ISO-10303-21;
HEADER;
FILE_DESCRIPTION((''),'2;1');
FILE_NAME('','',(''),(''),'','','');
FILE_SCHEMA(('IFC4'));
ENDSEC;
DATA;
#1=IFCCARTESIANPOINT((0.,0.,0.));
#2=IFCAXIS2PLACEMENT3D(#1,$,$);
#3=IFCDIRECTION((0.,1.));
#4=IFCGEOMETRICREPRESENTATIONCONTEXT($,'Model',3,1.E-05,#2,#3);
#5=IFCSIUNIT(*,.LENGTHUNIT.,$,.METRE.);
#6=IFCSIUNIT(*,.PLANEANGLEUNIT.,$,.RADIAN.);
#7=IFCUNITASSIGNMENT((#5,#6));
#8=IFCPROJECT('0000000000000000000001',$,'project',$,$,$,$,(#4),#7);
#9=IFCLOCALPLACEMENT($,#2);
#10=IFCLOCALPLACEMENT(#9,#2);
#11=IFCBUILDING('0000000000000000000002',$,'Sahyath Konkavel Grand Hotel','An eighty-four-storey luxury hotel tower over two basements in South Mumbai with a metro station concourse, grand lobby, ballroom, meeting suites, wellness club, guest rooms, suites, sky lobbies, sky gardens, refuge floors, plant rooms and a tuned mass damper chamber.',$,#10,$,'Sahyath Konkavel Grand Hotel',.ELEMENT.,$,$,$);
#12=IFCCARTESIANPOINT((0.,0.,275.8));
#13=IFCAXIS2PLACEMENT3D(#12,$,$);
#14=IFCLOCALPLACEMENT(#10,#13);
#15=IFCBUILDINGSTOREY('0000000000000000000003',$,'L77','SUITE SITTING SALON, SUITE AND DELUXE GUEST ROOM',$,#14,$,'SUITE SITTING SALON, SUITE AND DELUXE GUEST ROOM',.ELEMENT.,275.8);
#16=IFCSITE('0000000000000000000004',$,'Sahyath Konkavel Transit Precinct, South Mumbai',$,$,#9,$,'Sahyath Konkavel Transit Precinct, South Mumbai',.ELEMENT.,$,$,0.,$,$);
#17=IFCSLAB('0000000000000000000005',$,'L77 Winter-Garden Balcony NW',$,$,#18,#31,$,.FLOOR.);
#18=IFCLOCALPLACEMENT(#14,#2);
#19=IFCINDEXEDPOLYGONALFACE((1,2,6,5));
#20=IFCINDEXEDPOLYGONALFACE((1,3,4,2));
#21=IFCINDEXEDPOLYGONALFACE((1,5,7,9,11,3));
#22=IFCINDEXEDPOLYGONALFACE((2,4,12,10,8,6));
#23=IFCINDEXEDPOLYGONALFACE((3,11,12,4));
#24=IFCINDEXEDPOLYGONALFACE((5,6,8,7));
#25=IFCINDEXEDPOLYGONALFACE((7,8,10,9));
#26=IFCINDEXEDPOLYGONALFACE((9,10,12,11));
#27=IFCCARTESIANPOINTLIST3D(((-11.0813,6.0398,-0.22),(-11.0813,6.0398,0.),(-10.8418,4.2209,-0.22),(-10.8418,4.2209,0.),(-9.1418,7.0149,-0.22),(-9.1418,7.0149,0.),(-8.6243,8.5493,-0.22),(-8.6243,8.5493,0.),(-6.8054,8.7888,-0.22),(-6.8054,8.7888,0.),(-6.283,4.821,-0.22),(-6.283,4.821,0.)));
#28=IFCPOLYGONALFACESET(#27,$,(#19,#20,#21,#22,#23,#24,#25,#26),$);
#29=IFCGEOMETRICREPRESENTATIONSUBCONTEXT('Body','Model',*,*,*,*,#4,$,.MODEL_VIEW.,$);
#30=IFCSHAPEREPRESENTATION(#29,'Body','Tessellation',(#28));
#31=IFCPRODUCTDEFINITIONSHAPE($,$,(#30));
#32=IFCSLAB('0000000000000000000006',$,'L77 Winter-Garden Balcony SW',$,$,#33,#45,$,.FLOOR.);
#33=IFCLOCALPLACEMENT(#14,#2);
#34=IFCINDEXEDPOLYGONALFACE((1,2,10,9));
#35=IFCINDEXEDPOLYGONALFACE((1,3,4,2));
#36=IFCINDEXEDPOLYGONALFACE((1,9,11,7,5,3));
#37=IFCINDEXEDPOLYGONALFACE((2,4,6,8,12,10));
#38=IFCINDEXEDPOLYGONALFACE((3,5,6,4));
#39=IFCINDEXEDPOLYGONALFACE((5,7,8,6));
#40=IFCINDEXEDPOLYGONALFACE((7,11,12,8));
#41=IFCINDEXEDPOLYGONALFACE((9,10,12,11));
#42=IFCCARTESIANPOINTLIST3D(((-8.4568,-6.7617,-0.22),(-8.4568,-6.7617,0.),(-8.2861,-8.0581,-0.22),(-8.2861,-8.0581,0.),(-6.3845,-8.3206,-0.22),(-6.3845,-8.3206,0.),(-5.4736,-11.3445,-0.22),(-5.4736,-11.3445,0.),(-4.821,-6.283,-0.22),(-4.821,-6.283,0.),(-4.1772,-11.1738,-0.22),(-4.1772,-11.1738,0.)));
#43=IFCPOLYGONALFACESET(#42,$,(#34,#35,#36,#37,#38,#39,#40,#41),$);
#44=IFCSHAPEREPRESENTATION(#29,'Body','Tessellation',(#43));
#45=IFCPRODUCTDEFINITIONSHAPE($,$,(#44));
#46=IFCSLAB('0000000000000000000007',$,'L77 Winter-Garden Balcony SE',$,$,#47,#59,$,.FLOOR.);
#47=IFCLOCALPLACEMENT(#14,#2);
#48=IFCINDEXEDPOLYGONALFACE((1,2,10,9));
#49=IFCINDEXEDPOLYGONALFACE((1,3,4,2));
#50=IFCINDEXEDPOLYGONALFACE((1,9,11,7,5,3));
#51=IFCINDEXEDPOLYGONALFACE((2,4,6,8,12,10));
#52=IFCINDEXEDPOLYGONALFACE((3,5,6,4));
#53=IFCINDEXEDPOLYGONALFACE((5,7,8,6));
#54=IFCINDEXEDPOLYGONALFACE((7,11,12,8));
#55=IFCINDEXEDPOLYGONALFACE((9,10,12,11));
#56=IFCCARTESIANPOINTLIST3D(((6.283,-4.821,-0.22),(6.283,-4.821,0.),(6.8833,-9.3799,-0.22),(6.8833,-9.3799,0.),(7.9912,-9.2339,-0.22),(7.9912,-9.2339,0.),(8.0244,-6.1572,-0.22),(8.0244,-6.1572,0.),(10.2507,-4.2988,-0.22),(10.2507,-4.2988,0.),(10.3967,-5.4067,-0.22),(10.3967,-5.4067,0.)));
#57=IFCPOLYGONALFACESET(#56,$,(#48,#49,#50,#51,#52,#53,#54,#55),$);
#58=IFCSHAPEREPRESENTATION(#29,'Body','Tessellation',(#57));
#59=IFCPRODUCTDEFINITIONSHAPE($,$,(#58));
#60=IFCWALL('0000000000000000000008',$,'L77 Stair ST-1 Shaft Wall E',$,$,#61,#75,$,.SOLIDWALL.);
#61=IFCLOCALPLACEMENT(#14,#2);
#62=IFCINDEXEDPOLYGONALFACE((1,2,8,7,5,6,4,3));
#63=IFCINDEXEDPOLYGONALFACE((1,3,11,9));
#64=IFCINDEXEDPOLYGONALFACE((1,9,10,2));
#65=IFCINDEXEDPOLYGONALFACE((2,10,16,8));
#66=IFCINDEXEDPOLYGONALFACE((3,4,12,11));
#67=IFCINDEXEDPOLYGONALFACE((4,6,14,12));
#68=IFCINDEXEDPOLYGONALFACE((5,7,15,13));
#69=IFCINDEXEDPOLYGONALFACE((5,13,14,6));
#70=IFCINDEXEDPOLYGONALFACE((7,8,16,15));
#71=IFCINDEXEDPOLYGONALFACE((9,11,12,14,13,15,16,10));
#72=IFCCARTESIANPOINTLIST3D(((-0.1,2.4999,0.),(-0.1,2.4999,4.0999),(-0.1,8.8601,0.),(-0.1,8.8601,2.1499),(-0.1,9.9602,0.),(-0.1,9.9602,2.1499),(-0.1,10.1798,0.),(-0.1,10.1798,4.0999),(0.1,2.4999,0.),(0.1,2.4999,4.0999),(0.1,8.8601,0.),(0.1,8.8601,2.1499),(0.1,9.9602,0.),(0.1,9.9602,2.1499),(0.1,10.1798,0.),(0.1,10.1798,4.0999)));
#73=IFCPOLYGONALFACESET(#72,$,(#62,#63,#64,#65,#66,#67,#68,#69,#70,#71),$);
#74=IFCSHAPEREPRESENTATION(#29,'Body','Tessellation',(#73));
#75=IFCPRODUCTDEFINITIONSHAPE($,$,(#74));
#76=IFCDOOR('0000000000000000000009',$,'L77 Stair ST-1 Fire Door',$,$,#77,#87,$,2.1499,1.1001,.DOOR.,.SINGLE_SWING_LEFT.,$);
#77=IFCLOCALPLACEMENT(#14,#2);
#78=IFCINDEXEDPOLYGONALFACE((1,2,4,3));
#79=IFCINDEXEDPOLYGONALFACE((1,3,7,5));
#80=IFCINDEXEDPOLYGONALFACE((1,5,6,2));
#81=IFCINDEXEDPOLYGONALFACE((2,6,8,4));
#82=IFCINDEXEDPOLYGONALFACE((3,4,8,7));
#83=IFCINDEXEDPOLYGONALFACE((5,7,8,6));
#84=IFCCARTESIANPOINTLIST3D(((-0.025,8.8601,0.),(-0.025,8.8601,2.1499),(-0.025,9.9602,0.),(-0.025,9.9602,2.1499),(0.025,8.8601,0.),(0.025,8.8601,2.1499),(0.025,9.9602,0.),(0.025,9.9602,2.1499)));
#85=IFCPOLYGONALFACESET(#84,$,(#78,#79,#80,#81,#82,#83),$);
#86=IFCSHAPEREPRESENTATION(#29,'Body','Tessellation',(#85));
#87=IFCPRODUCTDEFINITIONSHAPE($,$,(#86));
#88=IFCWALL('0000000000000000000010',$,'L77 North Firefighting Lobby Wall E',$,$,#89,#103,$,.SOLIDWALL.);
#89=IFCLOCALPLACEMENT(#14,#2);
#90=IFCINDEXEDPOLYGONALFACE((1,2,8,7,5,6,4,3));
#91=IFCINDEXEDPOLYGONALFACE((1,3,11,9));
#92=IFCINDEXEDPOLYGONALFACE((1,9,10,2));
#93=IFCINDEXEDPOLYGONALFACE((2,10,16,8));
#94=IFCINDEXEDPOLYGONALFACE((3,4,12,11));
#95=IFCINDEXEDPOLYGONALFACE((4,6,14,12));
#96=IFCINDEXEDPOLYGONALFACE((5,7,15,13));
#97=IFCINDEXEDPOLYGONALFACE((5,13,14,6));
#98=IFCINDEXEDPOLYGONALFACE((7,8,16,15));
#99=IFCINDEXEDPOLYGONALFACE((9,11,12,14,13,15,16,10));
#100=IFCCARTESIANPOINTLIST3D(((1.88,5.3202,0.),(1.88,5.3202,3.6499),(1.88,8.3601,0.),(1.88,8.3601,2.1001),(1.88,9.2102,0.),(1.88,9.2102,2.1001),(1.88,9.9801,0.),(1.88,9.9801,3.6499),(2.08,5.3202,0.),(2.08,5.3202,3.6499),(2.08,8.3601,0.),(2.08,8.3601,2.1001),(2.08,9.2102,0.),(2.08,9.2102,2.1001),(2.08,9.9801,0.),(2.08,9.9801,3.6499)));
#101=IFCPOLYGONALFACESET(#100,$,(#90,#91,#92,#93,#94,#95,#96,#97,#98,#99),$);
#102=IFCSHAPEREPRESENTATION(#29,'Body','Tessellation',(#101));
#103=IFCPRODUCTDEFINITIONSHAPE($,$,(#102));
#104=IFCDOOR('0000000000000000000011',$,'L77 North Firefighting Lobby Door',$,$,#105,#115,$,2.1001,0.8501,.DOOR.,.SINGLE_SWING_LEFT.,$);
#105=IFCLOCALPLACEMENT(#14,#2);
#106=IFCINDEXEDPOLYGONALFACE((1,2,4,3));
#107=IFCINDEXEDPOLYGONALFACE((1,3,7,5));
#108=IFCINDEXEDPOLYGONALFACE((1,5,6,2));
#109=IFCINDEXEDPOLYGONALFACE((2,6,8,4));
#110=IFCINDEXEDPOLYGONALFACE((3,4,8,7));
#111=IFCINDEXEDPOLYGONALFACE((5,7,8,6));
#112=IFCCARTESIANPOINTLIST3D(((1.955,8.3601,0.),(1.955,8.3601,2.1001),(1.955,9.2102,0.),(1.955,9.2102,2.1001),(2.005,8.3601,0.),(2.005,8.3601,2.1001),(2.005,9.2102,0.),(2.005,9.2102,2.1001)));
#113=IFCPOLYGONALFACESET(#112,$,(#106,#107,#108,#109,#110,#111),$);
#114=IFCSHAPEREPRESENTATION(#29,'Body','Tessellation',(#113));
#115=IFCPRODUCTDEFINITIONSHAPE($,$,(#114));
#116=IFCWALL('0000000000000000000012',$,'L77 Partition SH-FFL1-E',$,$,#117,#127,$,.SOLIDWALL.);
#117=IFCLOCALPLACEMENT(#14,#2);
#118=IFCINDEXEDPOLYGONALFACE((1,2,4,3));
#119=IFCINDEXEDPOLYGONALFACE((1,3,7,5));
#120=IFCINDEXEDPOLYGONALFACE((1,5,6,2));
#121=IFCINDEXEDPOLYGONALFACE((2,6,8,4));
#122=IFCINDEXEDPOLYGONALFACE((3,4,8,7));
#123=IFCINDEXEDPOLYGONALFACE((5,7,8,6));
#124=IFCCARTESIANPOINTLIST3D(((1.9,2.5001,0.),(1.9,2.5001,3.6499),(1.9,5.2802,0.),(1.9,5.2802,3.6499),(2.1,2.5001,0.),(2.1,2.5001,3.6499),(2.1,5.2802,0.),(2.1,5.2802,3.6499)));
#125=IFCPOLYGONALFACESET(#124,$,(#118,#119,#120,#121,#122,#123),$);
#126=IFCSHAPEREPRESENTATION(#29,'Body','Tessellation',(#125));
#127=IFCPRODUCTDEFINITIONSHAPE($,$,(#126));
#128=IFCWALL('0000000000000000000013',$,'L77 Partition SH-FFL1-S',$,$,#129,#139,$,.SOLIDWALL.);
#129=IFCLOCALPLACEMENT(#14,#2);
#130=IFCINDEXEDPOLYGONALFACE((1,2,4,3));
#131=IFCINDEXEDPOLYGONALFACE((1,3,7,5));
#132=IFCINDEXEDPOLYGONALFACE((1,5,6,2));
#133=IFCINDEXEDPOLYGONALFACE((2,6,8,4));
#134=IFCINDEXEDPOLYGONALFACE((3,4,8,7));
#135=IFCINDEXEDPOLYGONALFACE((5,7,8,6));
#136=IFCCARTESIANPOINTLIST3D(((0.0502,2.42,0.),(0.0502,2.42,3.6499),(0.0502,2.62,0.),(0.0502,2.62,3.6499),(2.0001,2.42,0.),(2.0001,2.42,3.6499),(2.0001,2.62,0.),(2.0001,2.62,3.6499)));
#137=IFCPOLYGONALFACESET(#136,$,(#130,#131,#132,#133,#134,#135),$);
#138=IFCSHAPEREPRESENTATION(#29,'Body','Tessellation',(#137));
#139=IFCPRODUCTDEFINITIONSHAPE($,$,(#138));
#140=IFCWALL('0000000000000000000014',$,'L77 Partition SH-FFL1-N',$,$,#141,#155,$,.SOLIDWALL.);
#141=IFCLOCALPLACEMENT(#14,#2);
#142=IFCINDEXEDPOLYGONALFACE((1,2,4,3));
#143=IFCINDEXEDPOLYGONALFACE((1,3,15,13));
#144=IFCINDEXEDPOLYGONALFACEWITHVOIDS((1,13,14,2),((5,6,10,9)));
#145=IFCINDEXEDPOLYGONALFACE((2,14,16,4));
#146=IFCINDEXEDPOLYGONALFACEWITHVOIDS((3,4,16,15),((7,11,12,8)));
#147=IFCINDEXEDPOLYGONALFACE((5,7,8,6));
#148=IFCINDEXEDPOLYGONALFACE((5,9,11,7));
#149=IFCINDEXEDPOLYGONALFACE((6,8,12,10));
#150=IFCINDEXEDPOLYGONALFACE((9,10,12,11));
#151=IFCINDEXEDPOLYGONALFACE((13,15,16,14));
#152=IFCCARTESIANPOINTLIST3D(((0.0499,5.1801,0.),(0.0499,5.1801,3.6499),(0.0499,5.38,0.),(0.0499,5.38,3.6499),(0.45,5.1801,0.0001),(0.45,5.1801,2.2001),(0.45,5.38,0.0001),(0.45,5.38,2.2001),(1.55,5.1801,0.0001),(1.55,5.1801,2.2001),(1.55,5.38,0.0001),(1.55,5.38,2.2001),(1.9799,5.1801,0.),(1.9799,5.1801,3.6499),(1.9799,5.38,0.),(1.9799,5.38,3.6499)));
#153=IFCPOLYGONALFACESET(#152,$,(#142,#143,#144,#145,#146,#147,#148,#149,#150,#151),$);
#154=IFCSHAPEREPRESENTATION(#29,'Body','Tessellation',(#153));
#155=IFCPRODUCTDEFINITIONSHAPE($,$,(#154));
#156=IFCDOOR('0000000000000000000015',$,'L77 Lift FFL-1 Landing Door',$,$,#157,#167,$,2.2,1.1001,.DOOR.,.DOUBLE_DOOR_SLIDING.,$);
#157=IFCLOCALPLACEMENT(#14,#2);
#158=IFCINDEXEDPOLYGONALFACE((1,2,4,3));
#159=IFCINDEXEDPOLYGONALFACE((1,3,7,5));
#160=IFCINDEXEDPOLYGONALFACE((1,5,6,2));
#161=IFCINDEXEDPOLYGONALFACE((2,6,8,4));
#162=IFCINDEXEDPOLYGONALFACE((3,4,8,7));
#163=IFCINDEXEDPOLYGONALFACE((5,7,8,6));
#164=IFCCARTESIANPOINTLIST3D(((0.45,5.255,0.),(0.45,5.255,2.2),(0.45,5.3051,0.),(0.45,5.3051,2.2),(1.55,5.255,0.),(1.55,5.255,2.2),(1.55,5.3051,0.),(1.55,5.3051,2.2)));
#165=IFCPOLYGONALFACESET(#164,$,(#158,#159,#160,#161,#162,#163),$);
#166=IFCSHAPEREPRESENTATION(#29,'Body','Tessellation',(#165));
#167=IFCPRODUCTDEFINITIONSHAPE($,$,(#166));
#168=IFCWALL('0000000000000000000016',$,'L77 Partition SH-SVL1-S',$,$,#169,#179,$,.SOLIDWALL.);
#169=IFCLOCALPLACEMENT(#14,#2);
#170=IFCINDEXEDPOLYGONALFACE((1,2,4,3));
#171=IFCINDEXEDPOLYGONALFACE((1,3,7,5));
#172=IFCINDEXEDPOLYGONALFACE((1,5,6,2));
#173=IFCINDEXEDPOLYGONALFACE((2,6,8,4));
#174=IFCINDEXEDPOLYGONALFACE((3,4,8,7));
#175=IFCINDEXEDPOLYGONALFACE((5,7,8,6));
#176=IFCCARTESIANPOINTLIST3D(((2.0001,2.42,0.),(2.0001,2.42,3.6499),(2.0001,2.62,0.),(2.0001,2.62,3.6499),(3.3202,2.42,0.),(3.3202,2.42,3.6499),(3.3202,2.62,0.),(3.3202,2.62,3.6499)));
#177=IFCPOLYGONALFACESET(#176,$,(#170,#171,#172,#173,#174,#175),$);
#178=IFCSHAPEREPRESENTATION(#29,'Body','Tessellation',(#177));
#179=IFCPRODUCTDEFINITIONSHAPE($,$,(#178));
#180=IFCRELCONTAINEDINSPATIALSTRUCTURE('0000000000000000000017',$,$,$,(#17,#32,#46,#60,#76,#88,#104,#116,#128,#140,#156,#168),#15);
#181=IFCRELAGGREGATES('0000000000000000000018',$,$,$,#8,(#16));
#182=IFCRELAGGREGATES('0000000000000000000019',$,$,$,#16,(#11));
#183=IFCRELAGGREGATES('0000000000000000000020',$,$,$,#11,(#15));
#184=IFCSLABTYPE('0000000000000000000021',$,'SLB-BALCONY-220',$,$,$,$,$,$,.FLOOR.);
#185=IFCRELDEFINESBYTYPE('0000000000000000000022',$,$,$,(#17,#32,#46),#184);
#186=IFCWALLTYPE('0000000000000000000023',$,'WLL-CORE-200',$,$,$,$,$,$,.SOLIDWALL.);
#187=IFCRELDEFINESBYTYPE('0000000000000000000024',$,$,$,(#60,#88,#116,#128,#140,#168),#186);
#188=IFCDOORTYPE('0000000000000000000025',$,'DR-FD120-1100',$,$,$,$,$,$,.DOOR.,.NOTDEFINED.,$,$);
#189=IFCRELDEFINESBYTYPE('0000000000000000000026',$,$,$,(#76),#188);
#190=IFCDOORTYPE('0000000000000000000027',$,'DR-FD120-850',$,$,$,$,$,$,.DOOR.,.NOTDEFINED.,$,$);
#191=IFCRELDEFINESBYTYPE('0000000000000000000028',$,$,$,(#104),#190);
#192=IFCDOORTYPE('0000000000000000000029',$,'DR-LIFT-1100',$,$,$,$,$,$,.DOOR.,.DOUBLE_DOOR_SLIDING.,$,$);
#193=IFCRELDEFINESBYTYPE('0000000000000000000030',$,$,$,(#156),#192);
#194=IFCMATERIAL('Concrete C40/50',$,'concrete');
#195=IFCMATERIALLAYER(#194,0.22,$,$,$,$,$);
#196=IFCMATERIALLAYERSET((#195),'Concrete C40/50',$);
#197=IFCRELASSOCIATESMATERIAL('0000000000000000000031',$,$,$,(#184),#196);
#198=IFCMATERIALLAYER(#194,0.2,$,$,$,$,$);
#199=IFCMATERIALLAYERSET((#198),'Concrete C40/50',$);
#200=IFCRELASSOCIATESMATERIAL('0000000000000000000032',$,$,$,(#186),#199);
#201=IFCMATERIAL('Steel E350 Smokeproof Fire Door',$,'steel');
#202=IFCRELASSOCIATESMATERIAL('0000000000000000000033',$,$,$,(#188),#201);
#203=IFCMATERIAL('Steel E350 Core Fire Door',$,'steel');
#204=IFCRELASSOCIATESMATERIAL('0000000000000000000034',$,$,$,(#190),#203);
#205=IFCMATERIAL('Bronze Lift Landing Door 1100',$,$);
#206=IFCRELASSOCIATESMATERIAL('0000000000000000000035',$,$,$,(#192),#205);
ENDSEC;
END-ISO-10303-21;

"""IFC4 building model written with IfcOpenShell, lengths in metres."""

from ifc_helpers import new_model, si_unit, direction, frame, frame_2d, origin, origin_2d, place, context, subcontext, project, spatial, polyline, rectangle, outline, extrude, source, transform, mapped, material, layer, layer_set, type_object, element, fill, save


model = new_model("IFC4")

# Units and contexts
model_context = context("Model", 3, precision=1e-05, world=origin(), true_north=direction((0.0, 1.0)))
body_context = subcontext(model_context, "Body", "Model", "MODEL_VIEW")
ifc_project = project(units=[si_unit("LENGTHUNIT", "METRE"), si_unit("PLANEANGLEUNIT", "RADIAN")], contexts=[model_context])

# Site, building, storey
site_placement = place(None, origin())
site = spatial("IfcSite", under=ifc_project, at=site_placement, Name="Sahyath Konkavel Transit Precinct, South Mumbai", LongName="Sahyath Konkavel Transit Precinct, South Mumbai", CompositionType="ELEMENT", RefElevation=0.0)
building_placement = place(site_placement, origin())
building = spatial("IfcBuilding", under=site, at=building_placement, Name="Sahyath Konkavel Grand Hotel", Description="An eighty-four-storey luxury hotel tower over two basements in South Mumbai with a metro station concourse, grand lobby, ballroom, meeting suites, wellness club, guest rooms, suites, sky lobbies, sky gardens, refuge floors, plant rooms and a tuned mass damper chamber.", LongName="Sahyath Konkavel Grand Hotel", CompositionType="ELEMENT")
storey_placement = place(building_placement, frame((0.0, 0.0, 275.8)))
storey = spatial("IfcBuildingStorey", under=building, at=storey_placement, Name="L77", Description="SUITE SITTING SALON, SUITE AND DELUXE GUEST ROOM", LongName="SUITE SITTING SALON, SUITE AND DELUXE GUEST ROOM", CompositionType="ELEMENT", Elevation=275.8)

# Slabs
ifc_material_1 = material(Name="Concrete C40/50", Category="concrete")
ifc_layer_1 = layer(ifc_material_1, 0.22)
ifc_layer_set_1 = layer_set([ifc_layer_1], Name="Concrete C40/50")
slab_type = type_object("IfcSlabType", Name="SLB-BALCONY-220", PredefinedType="FLOOR", material=ifc_layer_set_1)
slab_1_placement = place(storey_placement, frame((0.0, 0.0, -0.22)))
element("IfcSlab", 1, at=slab_1_placement, inside=storey, type_object=slab_type, Name="L77 Winter-Garden Balcony NW", PredefinedType="FLOOR", context=body_context, shape_type="SweptSolid", body=[
    extrude(outline(polyline([(-6.283, 4.821), (-6.8054, 8.7888), (-8.6243, 8.5493), (-9.1418, 7.0149), (-11.0813, 6.0398), (-10.8418, 4.2209), (-6.283, 4.821)])), origin(), (0.0, 0.0, 1.0), 0.22),
])
slab_2_placement = place(storey_placement, frame((0.0, 0.0, -0.22)))
element("IfcSlab", 2, at=slab_2_placement, inside=storey, type_object=slab_type, Name="L77 Winter-Garden Balcony SW", PredefinedType="FLOOR", context=body_context, shape_type="SweptSolid", body=[
    extrude(outline(polyline([(-4.821, -6.283), (-8.4568, -6.7617), (-8.2861, -8.0581), (-6.3845, -8.3206), (-5.4736, -11.3445), (-4.1772, -11.1738), (-4.821, -6.283)])), origin(), (0.0, 0.0, 1.0), 0.22),
])
slab_3_placement = place(storey_placement, frame((0.0, 0.0, -0.22)))
element("IfcSlab", 3, at=slab_3_placement, inside=storey, type_object=slab_type, Name="L77 Winter-Garden Balcony SE", PredefinedType="FLOOR", context=body_context, shape_type="SweptSolid", body=[
    extrude(outline(polyline([(6.283, -4.821), (6.8833, -9.3799), (7.9912, -9.2339), (8.0244, -6.1572), (10.3967, -5.4067), (10.2507, -4.2988), (6.283, -4.821)])), origin(), (0.0, 0.0, 1.0), 0.22),
])

# Walls, openings, doors
ifc_layer_2 = layer(ifc_material_1, 0.2)
ifc_layer_set_2 = layer_set([ifc_layer_2], Name="Concrete C40/50")
wall_type = type_object("IfcWallType", Name="WLL-CORE-200", PredefinedType="SOLIDWALL", material=ifc_layer_set_2)
wall_1_placement = place(storey_placement, frame((0.0, 2.5, 0.0), z_axis=(0.0, 0.0, 1.0), x_axis=(0.0, 1.0, 0.0)))
wall_1 = element("IfcWall", 4, at=wall_1_placement, inside=storey, type_object=wall_type, Name="L77 Stair ST-1 Shaft Wall E", PredefinedType="SOLIDWALL", context=body_context, shape_type="SweptSolid", body=[
    extrude(rectangle(XDim=7.6799, YDim=0.2, at=frame_2d((3.8398, 0.0))), origin(), (0.0, 0.0, 1.0), 4.0999),
])
opening_1_placement = place(wall_1_placement, frame((6.3601, 0.0, 0.0)))
opening_1 = element("IfcOpeningElement", 5, at=opening_1_placement, cuts=wall_1, PredefinedType="OPENING", context=body_context, shape_type="SweptSolid", body=[
    extrude(rectangle(XDim=1.1001, YDim=2.1499, at=frame_2d((0.55, 1.075))), frame((0.0, 0.1099, 0.0), z_axis=(0.0, -1.0, 0.0), x_axis=(1.0, 0.0, 0.0)), (0.0, 0.0, 1.0), 0.22),
])
ifc_material_2 = material(Name="Steel E350 Smokeproof Fire Door", Category="steel")
door_type_1 = type_object("IfcDoorType", Name="DR-FD120-1100", OperationType="NOTDEFINED", PredefinedType="DOOR", material=ifc_material_2)
shared_shape_1 = source(origin(), body_context, "Body", "SweptSolid", [
    extrude(rectangle(XDim=1.1001, YDim=0.05, at=origin_2d()), origin(), (0.0, 0.0, 1.0), 2.1499),
])
door_1_placement = place(opening_1_placement, frame((0.55, 0.0, 0.0)))
door_1 = element("IfcDoor", 6, at=door_1_placement, inside=storey, type_object=door_type_1, Name="L77 Stair ST-1 Fire Door", OperationType="SINGLE_SWING_LEFT", OverallHeight=2.1499, OverallWidth=1.1001, PredefinedType="DOOR", context=body_context, shape_type="MappedRepresentation", body=[
    mapped(shared_shape_1, transform((0.0, 0.0, 0.0), scale=1.0)),
])
fill(opening_1, door_1)
wall_2_placement = place(storey_placement, frame((1.98, 5.3201, 0.0), z_axis=(0.0, 0.0, 1.0), x_axis=(0.0, 1.0, 0.0)))
wall_2 = element("IfcWall", 7, at=wall_2_placement, inside=storey, type_object=wall_type, Name="L77 North Firefighting Lobby Wall E", PredefinedType="SOLIDWALL", context=body_context, shape_type="SweptSolid", body=[
    extrude(rectangle(XDim=4.6599, YDim=0.2, at=frame_2d((2.3301, 0.0))), origin(), (0.0, 0.0, 1.0), 3.6499),
])
opening_2_placement = place(wall_2_placement, frame((3.04, 0.0, 0.0)))
opening_2 = element("IfcOpeningElement", 8, at=opening_2_placement, cuts=wall_2, PredefinedType="OPENING", context=body_context, shape_type="SweptSolid", body=[
    extrude(rectangle(XDim=0.8501, YDim=2.1001, at=frame_2d((0.425, 1.05))), frame((0.0, 0.1099, 0.0), z_axis=(0.0, -1.0, 0.0), x_axis=(1.0, 0.0, 0.0)), (0.0, 0.0, 1.0), 0.22),
])
ifc_material_3 = material(Name="Steel E350 Core Fire Door", Category="steel")
door_type_2 = type_object("IfcDoorType", Name="DR-FD120-850", OperationType="NOTDEFINED", PredefinedType="DOOR", material=ifc_material_3)
shared_shape_2 = source(origin(), body_context, "Body", "SweptSolid", [
    extrude(rectangle(XDim=0.8501, YDim=0.05, at=origin_2d()), origin(), (0.0, 0.0, 1.0), 2.1001),
])
door_2_placement = place(opening_2_placement, frame((0.425, 0.0, 0.0)))
door_2 = element("IfcDoor", 9, at=door_2_placement, inside=storey, type_object=door_type_2, Name="L77 North Firefighting Lobby Door", OperationType="SINGLE_SWING_LEFT", OverallHeight=2.1001, OverallWidth=0.8501, PredefinedType="DOOR", context=body_context, shape_type="MappedRepresentation", body=[
    mapped(shared_shape_2, transform((0.0, 0.0, 0.0), scale=1.0)),
])
fill(opening_2, door_2)

# Walls
wall_3_placement = place(storey_placement, frame((2.0, 2.5, 0.0), z_axis=(0.0, 0.0, 1.0), x_axis=(0.0, 1.0, 0.0)))
element("IfcWall", 10, at=wall_3_placement, inside=storey, type_object=wall_type, Name="L77 Partition SH-FFL1-E", PredefinedType="SOLIDWALL", context=body_context, shape_type="SweptSolid", body=[
    extrude(rectangle(XDim=2.78, YDim=0.2, at=frame_2d((1.3901, 0.0))), origin(), (0.0, 0.0, 1.0), 3.6499),
])
wall_4_placement = place(storey_placement, frame((0.05, 2.52, 0.0), z_axis=(0.0, 0.0, 1.0), x_axis=(1.0, 0.0, 0.0)))
element("IfcWall", 11, at=wall_4_placement, inside=storey, type_object=wall_type, Name="L77 Partition SH-FFL1-S", PredefinedType="SOLIDWALL", context=body_context, shape_type="SweptSolid", body=[
    extrude(rectangle(XDim=1.95, YDim=0.2, at=frame_2d((0.9751, 0.0))), origin(), (0.0, 0.0, 1.0), 3.6499),
])

# Wall, opening, door
wall_5_placement = place(storey_placement, frame((0.05, 5.28, 0.0), z_axis=(0.0, 0.0, 1.0), x_axis=(1.0, 0.0, 0.0)))
wall_5 = element("IfcWall", 12, at=wall_5_placement, inside=storey, type_object=wall_type, Name="L77 Partition SH-FFL1-N", PredefinedType="SOLIDWALL", context=body_context, shape_type="SweptSolid", body=[
    extrude(rectangle(XDim=1.9299, YDim=0.2, at=frame_2d((0.9648, 0.0))), origin(), (0.0, 0.0, 1.0), 3.6499),
])
opening_3_placement = place(wall_5_placement, frame((0.3999, 0.0, 0.0)))
opening_3 = element("IfcOpeningElement", 13, at=opening_3_placement, cuts=wall_5, PredefinedType="OPENING", context=body_context, shape_type="SweptSolid", body=[
    extrude(rectangle(XDim=1.1001, YDim=2.2, at=frame_2d((0.55, 1.1001))), frame((0.0, 0.1099, 0.0), z_axis=(0.0, -1.0, 0.0), x_axis=(1.0, 0.0, 0.0)), (0.0, 0.0, 1.0), 0.22),
])
ifc_material_4 = material(Name="Bronze Lift Landing Door 1100")
door_type_3 = type_object("IfcDoorType", Name="DR-LIFT-1100", OperationType="DOUBLE_DOOR_SLIDING", PredefinedType="DOOR", material=ifc_material_4)
shared_shape_3 = source(origin(), body_context, "Body", "SweptSolid", [
    extrude(rectangle(XDim=1.1001, YDim=0.05, at=origin_2d()), origin(), (0.0, 0.0, 1.0), 2.2),
])
door_3_placement = place(opening_3_placement, frame((0.55, 0.0, 0.0)))
door_3 = element("IfcDoor", 14, at=door_3_placement, inside=storey, type_object=door_type_3, Name="L77 Lift FFL-1 Landing Door", OperationType="DOUBLE_DOOR_SLIDING", OverallHeight=2.2, OverallWidth=1.1001, PredefinedType="DOOR", context=body_context, shape_type="MappedRepresentation", body=[
    mapped(shared_shape_3, transform((0.0, 0.0, 0.0), scale=1.0)),
])
fill(opening_3, door_3)

# Wall
wall_6_placement = place(storey_placement, frame((2.0, 2.52, 0.0), z_axis=(0.0, 0.0, 1.0), x_axis=(1.0, 0.0, 0.0)))
element("IfcWall", 15, at=wall_6_placement, inside=storey, type_object=wall_type, Name="L77 Partition SH-SVL1-S", PredefinedType="SOLIDWALL", context=body_context, shape_type="SweptSolid", body=[
    extrude(rectangle(XDim=1.3201, YDim=0.2, at=frame_2d((0.6602, 0.0))), origin(), (0.0, 0.0, 1.0), 3.6499),
])

save(model, "model.ifc")
